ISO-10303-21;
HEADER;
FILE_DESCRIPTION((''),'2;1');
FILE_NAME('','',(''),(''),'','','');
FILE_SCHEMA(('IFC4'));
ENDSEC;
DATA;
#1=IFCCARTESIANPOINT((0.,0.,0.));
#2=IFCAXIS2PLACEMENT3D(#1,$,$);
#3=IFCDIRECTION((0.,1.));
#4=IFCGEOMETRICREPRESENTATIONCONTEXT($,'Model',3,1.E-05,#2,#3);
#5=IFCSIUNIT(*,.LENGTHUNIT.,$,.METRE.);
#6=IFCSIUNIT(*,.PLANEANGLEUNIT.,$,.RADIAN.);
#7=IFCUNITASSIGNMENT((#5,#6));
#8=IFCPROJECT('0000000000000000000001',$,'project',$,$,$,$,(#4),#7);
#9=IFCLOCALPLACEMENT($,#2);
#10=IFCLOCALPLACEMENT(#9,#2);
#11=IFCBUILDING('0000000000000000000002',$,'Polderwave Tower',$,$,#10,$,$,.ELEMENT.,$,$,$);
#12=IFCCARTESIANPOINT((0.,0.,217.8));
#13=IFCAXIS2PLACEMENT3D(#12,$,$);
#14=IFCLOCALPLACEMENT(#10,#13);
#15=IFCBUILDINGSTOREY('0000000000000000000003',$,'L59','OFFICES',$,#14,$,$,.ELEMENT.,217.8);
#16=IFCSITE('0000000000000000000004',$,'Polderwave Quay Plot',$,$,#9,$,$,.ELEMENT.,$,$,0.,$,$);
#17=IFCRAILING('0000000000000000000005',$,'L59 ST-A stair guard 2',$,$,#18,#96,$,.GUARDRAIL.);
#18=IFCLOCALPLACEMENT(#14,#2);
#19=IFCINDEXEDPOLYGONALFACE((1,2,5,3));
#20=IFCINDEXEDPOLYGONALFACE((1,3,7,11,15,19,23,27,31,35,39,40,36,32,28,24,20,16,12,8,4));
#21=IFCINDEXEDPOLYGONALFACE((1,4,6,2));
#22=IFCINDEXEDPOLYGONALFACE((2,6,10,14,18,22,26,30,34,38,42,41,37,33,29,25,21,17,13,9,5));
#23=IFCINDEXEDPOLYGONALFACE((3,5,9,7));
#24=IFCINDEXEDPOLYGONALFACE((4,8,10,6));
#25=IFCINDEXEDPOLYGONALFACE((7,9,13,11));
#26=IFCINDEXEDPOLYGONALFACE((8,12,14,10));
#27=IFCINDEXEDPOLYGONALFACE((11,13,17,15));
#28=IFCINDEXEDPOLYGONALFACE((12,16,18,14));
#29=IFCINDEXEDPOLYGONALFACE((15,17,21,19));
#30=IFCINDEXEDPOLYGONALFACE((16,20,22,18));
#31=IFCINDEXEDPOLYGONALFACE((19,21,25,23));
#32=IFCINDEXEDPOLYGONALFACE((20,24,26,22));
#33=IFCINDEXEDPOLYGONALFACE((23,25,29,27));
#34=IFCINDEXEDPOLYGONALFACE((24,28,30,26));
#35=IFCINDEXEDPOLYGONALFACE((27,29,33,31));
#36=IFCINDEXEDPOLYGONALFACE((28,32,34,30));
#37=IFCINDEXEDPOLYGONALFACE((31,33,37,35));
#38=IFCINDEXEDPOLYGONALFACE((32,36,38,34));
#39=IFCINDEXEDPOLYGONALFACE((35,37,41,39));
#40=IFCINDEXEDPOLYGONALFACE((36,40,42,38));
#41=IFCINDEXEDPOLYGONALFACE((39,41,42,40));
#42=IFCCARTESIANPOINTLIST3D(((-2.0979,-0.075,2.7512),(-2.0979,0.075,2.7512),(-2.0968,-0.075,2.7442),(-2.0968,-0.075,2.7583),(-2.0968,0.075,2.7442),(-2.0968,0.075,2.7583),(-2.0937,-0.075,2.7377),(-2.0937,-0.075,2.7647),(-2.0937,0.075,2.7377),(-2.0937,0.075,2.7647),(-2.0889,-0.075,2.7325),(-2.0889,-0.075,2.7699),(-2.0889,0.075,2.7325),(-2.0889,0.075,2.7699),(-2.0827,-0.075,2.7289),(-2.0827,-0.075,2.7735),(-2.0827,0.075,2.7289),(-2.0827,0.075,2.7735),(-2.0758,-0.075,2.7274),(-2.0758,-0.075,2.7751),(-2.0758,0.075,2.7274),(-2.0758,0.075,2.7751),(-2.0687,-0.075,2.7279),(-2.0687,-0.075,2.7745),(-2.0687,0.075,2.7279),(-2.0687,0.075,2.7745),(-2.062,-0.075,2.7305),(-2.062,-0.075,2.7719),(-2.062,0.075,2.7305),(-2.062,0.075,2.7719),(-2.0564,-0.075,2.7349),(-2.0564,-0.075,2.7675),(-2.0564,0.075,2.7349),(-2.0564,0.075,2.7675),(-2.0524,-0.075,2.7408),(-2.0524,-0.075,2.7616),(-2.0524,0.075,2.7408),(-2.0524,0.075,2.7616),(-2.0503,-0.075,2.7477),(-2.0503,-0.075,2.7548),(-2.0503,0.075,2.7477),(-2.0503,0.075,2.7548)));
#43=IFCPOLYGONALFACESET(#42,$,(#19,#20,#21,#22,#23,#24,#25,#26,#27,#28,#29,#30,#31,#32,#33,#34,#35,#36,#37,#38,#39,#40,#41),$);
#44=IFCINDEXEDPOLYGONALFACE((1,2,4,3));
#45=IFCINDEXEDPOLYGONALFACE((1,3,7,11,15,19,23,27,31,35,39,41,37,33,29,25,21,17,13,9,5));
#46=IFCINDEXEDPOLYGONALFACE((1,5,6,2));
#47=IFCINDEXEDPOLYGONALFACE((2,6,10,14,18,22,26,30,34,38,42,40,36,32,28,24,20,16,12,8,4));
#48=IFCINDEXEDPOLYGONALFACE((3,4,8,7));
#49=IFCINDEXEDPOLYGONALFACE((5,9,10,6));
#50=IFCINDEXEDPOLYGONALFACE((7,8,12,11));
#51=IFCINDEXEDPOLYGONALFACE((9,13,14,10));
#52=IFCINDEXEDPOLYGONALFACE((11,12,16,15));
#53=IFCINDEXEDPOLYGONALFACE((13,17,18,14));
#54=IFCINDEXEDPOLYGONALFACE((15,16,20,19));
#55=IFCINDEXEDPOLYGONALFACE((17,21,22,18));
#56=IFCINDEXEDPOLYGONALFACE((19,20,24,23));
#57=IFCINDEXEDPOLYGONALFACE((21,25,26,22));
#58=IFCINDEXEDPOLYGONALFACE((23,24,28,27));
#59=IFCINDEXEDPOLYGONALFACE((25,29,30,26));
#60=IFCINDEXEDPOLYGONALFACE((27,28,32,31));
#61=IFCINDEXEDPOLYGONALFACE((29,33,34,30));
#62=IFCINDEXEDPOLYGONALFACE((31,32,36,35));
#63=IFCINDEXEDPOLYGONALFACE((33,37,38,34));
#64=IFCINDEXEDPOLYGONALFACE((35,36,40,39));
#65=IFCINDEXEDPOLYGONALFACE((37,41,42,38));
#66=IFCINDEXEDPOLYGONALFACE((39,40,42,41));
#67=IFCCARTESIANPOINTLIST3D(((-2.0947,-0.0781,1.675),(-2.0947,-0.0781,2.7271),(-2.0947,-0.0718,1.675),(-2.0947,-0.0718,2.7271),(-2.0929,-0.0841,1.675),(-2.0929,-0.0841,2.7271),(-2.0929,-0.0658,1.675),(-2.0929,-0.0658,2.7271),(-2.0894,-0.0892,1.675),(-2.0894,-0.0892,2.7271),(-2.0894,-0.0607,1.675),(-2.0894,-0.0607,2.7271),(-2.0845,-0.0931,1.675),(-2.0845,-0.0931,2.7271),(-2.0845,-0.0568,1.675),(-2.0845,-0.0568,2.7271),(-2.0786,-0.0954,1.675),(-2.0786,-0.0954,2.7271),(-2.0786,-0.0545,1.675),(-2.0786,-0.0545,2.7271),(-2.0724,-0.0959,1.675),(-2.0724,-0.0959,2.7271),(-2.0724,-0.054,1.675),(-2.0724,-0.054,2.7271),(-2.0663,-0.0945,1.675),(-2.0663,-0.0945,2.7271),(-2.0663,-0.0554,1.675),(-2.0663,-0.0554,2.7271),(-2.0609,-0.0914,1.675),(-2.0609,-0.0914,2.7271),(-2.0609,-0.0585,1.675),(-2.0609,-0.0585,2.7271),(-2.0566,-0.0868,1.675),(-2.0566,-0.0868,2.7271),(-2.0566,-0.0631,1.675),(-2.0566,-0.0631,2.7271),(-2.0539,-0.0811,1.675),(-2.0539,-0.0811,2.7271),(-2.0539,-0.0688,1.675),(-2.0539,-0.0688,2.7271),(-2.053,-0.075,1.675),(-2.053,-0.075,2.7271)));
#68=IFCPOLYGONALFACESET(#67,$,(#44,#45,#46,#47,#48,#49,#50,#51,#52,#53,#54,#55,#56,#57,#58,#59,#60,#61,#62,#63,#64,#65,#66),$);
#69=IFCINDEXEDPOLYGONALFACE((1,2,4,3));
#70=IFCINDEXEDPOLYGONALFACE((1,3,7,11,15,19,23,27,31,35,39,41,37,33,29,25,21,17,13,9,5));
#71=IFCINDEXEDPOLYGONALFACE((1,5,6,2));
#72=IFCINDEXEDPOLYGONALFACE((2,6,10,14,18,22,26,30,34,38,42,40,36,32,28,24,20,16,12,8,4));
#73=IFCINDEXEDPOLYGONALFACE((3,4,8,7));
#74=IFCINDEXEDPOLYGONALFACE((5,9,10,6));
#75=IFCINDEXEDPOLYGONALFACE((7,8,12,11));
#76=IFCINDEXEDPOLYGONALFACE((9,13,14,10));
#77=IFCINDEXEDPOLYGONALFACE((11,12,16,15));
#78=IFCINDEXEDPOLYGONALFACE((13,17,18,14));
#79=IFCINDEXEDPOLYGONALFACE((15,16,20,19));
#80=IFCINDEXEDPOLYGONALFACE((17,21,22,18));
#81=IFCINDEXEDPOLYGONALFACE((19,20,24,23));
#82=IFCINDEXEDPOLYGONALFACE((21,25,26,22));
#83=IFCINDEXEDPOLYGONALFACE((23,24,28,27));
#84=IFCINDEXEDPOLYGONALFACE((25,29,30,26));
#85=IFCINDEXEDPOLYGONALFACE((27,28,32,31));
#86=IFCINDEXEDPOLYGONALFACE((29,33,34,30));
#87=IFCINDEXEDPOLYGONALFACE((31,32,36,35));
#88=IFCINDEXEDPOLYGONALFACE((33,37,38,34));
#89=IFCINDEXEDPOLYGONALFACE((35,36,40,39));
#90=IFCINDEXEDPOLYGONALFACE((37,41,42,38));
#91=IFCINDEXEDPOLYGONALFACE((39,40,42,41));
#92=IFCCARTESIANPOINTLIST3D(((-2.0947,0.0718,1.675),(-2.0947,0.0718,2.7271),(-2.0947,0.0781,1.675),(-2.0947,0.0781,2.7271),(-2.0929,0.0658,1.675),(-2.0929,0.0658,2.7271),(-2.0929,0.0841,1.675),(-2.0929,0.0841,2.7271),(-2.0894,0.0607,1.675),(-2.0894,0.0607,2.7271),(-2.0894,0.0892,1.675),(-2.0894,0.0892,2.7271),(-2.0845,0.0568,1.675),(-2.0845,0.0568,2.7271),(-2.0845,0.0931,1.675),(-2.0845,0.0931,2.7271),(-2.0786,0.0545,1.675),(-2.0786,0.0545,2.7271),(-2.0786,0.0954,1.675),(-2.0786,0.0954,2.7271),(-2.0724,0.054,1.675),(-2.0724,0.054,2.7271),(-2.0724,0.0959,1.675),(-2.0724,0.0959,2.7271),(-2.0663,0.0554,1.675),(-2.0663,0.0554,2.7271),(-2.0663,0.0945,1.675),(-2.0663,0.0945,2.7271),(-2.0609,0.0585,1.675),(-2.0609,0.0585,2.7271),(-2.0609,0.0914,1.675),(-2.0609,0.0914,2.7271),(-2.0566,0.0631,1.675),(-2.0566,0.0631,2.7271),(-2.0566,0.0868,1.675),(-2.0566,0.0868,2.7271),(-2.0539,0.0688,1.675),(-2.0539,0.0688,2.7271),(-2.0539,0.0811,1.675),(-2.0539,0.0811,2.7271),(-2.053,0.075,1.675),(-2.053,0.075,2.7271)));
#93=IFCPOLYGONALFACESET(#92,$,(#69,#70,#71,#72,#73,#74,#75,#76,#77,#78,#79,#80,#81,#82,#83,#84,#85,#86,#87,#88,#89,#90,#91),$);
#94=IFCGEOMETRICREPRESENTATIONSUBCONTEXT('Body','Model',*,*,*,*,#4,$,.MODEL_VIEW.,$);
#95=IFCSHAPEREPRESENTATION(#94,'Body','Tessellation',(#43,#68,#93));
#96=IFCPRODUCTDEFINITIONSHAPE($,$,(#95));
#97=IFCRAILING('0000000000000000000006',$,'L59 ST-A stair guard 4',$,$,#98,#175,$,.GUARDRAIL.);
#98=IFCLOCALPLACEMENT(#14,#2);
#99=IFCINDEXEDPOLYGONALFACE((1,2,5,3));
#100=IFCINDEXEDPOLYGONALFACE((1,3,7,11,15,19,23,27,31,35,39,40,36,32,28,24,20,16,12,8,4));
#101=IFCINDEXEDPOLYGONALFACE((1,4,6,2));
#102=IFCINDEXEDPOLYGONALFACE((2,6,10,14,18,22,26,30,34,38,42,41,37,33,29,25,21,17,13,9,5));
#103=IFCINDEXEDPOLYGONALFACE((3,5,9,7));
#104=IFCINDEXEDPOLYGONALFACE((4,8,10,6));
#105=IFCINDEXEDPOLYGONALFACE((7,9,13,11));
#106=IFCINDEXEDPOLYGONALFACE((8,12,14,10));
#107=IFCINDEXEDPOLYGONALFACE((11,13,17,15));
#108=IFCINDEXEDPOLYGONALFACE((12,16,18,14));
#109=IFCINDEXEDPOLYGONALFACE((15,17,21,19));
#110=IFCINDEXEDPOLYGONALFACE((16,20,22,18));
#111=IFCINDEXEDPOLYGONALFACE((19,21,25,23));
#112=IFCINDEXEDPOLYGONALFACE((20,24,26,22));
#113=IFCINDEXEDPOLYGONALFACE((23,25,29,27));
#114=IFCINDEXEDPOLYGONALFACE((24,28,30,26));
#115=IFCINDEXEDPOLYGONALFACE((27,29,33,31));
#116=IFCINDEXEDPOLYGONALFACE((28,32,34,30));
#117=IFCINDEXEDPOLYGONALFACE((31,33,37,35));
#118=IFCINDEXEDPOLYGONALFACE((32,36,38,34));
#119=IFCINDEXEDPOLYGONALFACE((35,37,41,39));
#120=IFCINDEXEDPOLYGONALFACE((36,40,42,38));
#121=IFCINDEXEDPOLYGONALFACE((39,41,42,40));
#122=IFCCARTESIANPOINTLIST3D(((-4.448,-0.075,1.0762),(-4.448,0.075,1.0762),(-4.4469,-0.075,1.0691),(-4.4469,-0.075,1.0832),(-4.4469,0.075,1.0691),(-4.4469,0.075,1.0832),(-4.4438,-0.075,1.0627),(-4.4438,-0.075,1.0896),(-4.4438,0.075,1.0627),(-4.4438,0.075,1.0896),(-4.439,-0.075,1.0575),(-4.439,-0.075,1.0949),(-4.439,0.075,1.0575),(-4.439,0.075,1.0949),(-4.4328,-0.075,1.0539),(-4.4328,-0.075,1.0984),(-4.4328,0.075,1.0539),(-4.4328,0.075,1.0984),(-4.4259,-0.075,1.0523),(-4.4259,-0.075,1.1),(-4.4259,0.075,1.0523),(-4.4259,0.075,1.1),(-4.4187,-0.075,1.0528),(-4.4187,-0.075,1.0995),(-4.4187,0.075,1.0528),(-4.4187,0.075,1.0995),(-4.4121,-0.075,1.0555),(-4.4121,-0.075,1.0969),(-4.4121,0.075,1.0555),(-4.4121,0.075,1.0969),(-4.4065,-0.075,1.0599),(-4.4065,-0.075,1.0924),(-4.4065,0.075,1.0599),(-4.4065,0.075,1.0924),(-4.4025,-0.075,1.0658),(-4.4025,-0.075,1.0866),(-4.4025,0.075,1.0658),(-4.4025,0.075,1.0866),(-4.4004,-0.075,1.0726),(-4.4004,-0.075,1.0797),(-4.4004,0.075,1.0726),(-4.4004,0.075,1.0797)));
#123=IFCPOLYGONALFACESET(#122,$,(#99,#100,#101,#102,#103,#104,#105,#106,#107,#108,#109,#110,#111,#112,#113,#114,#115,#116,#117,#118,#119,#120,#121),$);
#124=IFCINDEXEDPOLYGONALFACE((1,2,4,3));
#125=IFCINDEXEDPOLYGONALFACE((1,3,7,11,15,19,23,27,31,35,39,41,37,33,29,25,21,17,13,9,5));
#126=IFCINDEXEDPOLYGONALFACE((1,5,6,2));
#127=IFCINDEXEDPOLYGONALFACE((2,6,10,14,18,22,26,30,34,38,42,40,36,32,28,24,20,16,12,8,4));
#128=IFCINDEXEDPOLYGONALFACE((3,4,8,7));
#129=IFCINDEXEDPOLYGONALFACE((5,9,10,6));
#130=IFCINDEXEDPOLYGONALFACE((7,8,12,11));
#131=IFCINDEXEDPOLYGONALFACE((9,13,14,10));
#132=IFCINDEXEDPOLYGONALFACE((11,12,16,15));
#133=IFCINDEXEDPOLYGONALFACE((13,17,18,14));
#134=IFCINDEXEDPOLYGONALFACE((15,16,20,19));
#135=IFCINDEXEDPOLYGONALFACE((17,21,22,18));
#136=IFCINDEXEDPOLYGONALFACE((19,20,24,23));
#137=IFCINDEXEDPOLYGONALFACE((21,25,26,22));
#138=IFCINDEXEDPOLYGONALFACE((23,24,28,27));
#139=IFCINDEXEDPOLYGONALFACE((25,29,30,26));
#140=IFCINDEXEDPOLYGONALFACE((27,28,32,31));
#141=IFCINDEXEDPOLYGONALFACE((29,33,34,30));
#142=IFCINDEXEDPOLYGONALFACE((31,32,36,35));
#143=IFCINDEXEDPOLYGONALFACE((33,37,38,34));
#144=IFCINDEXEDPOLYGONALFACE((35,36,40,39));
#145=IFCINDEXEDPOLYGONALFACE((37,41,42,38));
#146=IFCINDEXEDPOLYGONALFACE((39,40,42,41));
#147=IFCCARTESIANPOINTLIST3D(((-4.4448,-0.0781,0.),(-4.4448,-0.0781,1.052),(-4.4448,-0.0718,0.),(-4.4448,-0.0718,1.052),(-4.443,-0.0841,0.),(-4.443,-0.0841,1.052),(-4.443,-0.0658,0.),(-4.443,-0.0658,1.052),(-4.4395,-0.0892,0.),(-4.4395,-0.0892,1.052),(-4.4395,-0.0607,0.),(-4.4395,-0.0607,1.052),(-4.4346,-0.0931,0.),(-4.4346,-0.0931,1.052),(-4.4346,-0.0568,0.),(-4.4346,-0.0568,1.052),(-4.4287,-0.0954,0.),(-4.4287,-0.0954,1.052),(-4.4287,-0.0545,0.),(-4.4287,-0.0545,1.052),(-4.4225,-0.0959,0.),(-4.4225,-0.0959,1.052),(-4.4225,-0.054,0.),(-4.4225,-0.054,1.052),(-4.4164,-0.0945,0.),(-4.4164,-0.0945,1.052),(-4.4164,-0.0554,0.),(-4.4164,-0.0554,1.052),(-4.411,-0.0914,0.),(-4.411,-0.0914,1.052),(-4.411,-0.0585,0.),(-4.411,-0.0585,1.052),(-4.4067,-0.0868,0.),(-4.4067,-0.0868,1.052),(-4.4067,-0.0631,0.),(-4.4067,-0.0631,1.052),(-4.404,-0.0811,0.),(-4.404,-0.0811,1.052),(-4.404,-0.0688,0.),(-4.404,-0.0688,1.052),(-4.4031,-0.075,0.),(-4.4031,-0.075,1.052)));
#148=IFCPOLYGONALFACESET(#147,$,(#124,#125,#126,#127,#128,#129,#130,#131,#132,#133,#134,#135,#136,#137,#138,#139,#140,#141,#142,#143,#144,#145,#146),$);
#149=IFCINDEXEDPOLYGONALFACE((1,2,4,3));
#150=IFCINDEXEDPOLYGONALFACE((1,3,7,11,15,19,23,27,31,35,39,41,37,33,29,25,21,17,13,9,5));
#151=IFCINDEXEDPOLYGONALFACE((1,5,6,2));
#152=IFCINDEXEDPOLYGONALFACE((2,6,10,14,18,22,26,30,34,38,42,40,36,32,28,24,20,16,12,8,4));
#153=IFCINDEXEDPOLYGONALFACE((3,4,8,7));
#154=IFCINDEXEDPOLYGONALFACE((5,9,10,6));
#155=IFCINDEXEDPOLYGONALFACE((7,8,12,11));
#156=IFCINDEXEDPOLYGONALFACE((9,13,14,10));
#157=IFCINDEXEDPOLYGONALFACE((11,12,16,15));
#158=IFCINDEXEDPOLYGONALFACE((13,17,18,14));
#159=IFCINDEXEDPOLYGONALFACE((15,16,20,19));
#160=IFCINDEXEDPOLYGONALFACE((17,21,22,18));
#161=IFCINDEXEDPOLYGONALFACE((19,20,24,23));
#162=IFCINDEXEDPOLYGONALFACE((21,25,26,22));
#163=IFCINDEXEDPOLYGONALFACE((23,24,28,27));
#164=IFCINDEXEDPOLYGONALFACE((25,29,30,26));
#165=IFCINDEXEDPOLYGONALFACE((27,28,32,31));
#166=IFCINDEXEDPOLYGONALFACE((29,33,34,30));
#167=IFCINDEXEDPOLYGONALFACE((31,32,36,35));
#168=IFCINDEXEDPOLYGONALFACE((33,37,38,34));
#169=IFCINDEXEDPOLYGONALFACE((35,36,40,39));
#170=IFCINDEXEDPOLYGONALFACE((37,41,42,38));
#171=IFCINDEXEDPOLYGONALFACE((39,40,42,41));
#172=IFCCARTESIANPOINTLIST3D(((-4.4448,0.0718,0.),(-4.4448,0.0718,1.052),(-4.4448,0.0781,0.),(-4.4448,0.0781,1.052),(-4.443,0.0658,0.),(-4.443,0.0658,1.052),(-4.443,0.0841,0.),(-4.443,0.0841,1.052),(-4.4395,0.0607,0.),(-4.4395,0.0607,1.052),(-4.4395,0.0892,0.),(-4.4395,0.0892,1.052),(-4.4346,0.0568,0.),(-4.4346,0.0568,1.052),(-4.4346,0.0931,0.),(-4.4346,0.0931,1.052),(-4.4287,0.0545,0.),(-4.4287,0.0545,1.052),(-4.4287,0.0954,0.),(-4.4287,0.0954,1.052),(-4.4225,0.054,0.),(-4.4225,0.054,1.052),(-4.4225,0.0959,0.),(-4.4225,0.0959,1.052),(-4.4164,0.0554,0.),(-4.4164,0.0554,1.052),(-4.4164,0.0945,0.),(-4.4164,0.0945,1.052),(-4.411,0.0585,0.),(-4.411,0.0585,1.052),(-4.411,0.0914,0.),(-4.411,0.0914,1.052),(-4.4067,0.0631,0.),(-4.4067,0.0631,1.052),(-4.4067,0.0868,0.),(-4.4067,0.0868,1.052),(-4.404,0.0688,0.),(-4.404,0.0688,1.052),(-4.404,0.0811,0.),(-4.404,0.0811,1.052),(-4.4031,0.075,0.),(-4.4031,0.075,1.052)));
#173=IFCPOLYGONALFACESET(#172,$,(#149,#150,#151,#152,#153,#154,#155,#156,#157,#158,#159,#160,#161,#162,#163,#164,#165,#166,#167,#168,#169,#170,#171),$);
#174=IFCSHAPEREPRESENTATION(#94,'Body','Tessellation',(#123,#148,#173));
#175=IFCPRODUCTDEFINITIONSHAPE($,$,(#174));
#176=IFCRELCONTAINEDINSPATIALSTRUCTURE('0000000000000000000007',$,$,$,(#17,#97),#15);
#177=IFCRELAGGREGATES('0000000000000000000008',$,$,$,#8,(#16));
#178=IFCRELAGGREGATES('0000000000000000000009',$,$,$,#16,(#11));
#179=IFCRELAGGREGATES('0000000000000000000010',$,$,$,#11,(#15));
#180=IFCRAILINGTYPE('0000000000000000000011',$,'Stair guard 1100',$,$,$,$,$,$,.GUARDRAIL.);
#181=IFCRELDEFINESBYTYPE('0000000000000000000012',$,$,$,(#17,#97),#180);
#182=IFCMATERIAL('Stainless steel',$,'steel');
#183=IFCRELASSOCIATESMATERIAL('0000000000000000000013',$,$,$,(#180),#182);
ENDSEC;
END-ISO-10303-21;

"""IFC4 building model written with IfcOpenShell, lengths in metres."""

from ifc_helpers import new_model, si_unit, direction, frame, origin, origin_2d, place, context, subcontext, project, spatial, circle, extrude, material, type_object, element, save


model = new_model("IFC4")

# Units and contexts
model_context = context("Model", 3, precision=1e-05, world=origin(), true_north=direction((0.0, 1.0)))
body_context = subcontext(model_context, "Body", "Model", "MODEL_VIEW")
ifc_project = project(units=[si_unit("LENGTHUNIT", "METRE"), si_unit("PLANEANGLEUNIT", "RADIAN")], contexts=[model_context])

# Site, building, storey
site_placement = place(None, origin())
site = spatial("IfcSite", under=ifc_project, at=site_placement, Name="Polderwave Quay Plot", CompositionType="ELEMENT", RefElevation=0.0)
building_placement = place(site_placement, origin())
building = spatial("IfcBuilding", under=site, at=building_placement, Name="Polderwave Tower", CompositionType="ELEMENT")
storey_placement = place(building_placement, frame((0.0, 0.0, 217.8)))
storey = spatial("IfcBuildingStorey", under=building, at=storey_placement, Name="L59", Description="OFFICES", CompositionType="ELEMENT", Elevation=217.8)

# Shared definitions
ifc_material_1 = material(Name="Stainless steel", Category="steel")

# Railings
railing_type_1 = type_object("IfcRailingType", Name="Stair guard 1100", PredefinedType="GUARDRAIL", material=ifc_material_1)
for number, where, name in (
    (1, (-2.074, -0.075, 1.675), "L59 ST-A stair guard 2"),
    (2, (-4.4241, -0.075, 0.0), "L59 ST-A stair guard 4"),
):
    element("IfcRailing", number, at=place(storey_placement, frame(where)), inside=storey, type_object=railing_type_1, Name=name, PredefinedType="GUARDRAIL", context=body_context, shape_type="SweptSolid", body=[
        extrude(circle(Radius=0.0239, at=origin_2d()), frame((0.0, 0.0, 1.0762), z_axis=(0.0, 1.0, 0.0), x_axis=(-1.0, 0.0, 0.0)), (0.0, 0.0, 1.0), 0.1499),
        extrude(circle(Radius=0.021, at=origin_2d()), origin(), (0.0, 0.0, 1.0), 1.052),
        extrude(circle(Radius=0.021, at=origin_2d()), frame((0.0, 0.1499, 0.0)), (0.0, 0.0, 1.0), 1.052),
    ])

save(model, "model.ifc")
